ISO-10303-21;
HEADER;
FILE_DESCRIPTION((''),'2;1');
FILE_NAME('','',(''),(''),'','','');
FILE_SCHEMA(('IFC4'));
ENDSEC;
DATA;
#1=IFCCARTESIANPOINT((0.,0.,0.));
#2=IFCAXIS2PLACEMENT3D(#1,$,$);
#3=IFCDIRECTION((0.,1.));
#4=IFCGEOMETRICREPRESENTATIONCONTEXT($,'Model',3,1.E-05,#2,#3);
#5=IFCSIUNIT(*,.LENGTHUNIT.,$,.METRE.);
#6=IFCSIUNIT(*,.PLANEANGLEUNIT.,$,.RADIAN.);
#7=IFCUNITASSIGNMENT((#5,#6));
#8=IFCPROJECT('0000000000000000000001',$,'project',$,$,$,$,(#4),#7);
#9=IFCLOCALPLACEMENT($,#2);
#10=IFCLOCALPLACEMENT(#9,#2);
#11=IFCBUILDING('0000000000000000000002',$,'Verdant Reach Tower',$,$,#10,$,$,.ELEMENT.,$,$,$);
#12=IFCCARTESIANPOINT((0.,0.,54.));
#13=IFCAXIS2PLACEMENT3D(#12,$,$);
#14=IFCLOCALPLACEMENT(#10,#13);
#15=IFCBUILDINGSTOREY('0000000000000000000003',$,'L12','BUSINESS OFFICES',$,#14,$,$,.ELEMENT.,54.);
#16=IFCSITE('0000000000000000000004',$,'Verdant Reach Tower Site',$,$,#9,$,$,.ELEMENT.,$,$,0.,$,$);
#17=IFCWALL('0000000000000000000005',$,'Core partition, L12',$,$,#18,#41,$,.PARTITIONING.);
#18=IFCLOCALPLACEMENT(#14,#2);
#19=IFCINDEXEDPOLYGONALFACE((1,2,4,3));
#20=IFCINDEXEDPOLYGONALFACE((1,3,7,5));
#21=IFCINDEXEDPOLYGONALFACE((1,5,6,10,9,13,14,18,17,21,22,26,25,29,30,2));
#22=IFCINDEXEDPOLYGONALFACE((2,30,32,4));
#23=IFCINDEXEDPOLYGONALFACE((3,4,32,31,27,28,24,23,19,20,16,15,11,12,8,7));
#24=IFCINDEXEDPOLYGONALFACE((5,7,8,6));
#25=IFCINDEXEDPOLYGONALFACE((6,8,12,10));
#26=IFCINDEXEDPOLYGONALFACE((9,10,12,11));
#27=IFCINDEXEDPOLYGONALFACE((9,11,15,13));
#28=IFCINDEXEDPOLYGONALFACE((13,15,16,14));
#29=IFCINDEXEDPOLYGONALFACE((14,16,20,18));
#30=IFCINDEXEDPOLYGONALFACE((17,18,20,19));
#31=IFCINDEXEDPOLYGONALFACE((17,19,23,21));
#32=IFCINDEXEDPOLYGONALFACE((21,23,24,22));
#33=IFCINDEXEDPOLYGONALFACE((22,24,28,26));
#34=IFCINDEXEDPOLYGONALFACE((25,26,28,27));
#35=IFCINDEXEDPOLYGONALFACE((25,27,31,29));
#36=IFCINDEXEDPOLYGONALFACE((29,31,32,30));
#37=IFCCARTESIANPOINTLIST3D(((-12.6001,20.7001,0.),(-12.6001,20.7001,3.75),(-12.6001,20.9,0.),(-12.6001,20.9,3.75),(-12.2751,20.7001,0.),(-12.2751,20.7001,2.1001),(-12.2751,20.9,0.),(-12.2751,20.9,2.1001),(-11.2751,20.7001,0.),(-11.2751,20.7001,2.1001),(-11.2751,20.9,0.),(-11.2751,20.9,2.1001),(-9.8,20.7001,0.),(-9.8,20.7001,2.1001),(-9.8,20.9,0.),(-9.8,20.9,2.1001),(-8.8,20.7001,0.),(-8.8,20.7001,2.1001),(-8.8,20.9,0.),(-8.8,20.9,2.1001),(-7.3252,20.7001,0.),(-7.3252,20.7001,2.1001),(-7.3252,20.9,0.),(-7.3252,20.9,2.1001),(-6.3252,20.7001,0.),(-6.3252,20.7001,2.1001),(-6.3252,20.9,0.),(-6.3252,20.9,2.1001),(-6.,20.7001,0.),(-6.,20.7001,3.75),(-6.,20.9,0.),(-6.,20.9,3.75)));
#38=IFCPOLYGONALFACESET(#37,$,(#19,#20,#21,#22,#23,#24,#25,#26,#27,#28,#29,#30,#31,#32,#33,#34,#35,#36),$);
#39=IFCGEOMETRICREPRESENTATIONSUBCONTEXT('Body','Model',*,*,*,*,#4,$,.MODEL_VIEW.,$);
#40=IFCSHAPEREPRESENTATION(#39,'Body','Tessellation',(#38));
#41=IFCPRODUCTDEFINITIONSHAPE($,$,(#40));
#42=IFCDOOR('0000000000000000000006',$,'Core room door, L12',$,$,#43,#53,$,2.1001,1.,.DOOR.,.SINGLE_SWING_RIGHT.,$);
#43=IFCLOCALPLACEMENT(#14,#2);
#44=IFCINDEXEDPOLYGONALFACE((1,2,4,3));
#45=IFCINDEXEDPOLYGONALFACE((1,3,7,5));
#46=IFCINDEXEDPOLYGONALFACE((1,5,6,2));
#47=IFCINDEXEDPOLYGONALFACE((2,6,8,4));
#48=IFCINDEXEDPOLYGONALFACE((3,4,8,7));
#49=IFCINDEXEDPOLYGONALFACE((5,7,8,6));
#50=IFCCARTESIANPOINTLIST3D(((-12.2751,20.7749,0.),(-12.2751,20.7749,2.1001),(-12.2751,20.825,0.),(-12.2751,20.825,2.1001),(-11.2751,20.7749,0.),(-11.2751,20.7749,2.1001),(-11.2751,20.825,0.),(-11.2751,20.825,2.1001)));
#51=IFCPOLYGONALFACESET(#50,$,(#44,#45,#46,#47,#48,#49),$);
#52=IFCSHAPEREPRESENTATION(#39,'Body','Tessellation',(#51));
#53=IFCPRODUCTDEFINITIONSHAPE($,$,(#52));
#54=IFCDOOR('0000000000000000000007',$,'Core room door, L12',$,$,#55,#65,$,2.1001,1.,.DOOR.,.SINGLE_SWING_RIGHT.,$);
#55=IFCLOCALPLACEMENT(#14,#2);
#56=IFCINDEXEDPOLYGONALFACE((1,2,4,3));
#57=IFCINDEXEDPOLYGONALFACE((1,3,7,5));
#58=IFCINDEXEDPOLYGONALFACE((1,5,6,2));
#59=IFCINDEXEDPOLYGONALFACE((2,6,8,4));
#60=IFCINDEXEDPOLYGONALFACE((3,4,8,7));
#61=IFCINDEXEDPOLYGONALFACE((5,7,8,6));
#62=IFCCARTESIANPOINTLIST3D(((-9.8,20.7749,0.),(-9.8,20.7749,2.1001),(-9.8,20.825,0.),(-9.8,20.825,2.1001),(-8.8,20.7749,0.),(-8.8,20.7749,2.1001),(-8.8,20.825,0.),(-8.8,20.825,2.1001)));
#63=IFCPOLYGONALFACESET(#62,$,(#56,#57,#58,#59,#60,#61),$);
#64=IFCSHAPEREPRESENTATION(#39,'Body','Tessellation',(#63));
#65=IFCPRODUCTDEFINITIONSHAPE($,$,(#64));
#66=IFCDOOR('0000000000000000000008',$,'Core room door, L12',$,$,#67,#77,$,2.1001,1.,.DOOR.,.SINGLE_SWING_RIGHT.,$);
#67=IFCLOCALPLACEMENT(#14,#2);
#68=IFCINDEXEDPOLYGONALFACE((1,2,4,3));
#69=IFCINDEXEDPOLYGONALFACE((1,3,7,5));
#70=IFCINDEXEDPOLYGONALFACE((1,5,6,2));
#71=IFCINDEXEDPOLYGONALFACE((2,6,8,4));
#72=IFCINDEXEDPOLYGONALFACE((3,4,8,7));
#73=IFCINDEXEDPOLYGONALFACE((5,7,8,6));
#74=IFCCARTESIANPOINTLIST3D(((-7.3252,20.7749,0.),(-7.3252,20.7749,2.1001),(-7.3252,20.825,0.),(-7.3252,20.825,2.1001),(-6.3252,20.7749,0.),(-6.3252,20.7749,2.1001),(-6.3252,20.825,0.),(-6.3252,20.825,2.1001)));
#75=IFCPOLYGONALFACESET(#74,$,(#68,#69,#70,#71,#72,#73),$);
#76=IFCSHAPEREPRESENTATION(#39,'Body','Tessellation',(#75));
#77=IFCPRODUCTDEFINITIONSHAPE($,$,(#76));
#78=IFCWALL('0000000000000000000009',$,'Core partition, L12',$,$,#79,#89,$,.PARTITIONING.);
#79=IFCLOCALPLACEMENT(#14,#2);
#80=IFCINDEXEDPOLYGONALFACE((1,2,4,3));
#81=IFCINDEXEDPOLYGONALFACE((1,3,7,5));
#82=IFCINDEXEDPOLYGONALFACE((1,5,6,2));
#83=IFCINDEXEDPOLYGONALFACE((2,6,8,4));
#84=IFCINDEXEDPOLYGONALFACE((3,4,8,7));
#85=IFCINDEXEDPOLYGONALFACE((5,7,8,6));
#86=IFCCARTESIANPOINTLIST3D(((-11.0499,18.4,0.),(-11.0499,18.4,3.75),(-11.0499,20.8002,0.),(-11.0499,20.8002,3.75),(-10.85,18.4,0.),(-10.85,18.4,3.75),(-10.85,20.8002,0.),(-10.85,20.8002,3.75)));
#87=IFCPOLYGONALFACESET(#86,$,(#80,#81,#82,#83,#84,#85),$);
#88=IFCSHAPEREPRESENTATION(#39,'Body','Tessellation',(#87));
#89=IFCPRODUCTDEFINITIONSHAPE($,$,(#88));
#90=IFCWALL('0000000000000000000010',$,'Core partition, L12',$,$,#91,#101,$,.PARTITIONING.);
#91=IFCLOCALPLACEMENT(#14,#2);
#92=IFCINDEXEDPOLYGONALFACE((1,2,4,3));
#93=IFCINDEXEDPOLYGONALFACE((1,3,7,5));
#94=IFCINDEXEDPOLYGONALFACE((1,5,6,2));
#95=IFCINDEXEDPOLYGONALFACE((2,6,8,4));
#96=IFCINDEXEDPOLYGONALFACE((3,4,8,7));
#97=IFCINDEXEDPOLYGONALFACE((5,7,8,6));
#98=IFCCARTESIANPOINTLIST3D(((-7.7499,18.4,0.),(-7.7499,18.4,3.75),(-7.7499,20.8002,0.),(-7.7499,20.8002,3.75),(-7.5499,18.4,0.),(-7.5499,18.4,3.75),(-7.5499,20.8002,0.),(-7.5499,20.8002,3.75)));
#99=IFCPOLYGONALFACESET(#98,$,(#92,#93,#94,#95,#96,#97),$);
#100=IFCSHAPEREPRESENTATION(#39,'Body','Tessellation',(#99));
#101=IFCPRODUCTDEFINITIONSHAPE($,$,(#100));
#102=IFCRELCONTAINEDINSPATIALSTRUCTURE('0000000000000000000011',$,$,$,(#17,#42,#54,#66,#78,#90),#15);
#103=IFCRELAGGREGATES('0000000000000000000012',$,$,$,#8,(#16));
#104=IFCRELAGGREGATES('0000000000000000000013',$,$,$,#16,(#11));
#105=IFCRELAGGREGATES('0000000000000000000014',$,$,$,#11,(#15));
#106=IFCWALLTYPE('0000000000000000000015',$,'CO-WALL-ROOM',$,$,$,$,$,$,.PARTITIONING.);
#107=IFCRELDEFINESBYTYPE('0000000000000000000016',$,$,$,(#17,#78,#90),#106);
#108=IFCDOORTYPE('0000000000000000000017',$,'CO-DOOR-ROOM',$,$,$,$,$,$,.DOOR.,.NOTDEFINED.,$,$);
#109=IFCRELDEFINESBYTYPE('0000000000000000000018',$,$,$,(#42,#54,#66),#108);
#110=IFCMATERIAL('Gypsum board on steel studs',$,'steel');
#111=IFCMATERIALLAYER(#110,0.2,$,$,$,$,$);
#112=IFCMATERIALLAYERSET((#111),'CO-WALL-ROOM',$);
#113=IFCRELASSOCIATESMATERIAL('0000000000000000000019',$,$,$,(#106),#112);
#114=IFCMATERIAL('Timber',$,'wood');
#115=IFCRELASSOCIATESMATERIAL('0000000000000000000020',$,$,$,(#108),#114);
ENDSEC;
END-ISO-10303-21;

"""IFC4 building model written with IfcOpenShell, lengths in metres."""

from ifc_helpers import new_model, si_unit, direction, frame, frame_2d, origin, place, context, subcontext, project, spatial, rectangle, extrude, material, layer, layer_set, type_object, element, fill, save


model = new_model("IFC4")

# Units and contexts
model_context = context("Model", 3, precision=1e-05, world=origin(), true_north=direction((0.0, 1.0)))
body_context = subcontext(model_context, "Body", "Model", "MODEL_VIEW")
ifc_project = project(units=[si_unit("LENGTHUNIT", "METRE"), si_unit("PLANEANGLEUNIT", "RADIAN")], contexts=[model_context])

# Site, building, storey
site_placement = place(None, origin())
site = spatial("IfcSite", under=ifc_project, at=site_placement, Name="Verdant Reach Tower Site", CompositionType="ELEMENT", RefElevation=0.0)
building_placement = place(site_placement, origin())
building = spatial("IfcBuilding", under=site, at=building_placement, Name="Verdant Reach Tower", CompositionType="ELEMENT")
storey_placement = place(building_placement, frame((0.0, 0.0, 54.0)))
storey = spatial("IfcBuildingStorey", under=building, at=storey_placement, Name="L12", Description="BUSINESS OFFICES", CompositionType="ELEMENT", Elevation=54.0)

# Wall, openings, doors
ifc_material_1 = material(Name="Gypsum board on steel studs", Category="steel")
ifc_layer_1 = layer(ifc_material_1, 0.2)
ifc_layer_set_1 = layer_set([ifc_layer_1], Name="CO-WALL-ROOM")
wall_type_1 = type_object("IfcWallType", Name="CO-WALL-ROOM", PredefinedType="PARTITIONING", material=ifc_layer_set_1)
wall_1_placement = place(storey_placement, frame((-12.6001, 20.8, 0.0), z_axis=(0.0, 0.0, 1.0), x_axis=(1.0, 0.0, 0.0)))
wall_1 = element("IfcWall", 1, at=wall_1_placement, inside=storey, type_object=wall_type_1, Name="Core partition, L12", PredefinedType="PARTITIONING", context=body_context, shape_type="SweptSolid", body=[
    extrude(rectangle(XDim=6.6001, YDim=0.2, at=frame_2d((3.3, 0.0))), origin(), (0.0, 0.0, 1.0), 3.75),
])
opening_1_placement = place(wall_1_placement, frame((0.325, 0.0, 0.0)))
opening_1 = element("IfcOpeningElement", 2, at=opening_1_placement, cuts=wall_1, PredefinedType="OPENING", context=body_context, shape_type="SweptSolid", body=[
    extrude(rectangle(XDim=1.0, YDim=2.1001, at=frame_2d((0.5, 1.05))), frame((0.0, 0.1099, 0.0), z_axis=(0.0, -1.0, 0.0), x_axis=(1.0, 0.0, 0.0)), (0.0, 0.0, 1.0), 0.22),
])
opening_2_placement = place(wall_1_placement, frame((2.8, 0.0, 0.0)))
opening_2 = element("IfcOpeningElement", 3, at=opening_2_placement, cuts=wall_1, PredefinedType="OPENING", context=body_context, shape_type="SweptSolid", body=[
    extrude(rectangle(XDim=1.0, YDim=2.1001, at=frame_2d((0.5, 1.05))), frame((0.0, 0.1099, 0.0), z_axis=(0.0, -1.0, 0.0), x_axis=(1.0, 0.0, 0.0)), (0.0, 0.0, 1.0), 0.22),
])
opening_3_placement = place(wall_1_placement, frame((5.2749, 0.0, 0.0)))
opening_3 = element("IfcOpeningElement", 4, at=opening_3_placement, cuts=wall_1, PredefinedType="OPENING", context=body_context, shape_type="SweptSolid", body=[
    extrude(rectangle(XDim=1.0, YDim=2.1001, at=frame_2d((0.5, 1.05))), frame((0.0, 0.1099, 0.0), z_axis=(0.0, -1.0, 0.0), x_axis=(1.0, 0.0, 0.0)), (0.0, 0.0, 1.0), 0.22),
])
ifc_material_2 = material(Name="Timber", Category="wood")
door_type_1 = type_object("IfcDoorType", Name="CO-DOOR-ROOM", OperationType="NOTDEFINED", PredefinedType="DOOR", material=ifc_material_2)
door_1_placement = place(opening_1_placement, origin())
door_1 = element("IfcDoor", 5, at=door_1_placement, inside=storey, type_object=door_type_1, Name="Core room door, L12", OperationType="SINGLE_SWING_RIGHT", OverallHeight=2.1001, OverallWidth=1.0, PredefinedType="DOOR", context=body_context, shape_type="SweptSolid", body=[
    extrude(rectangle(XDim=1.0, YDim=2.1001, at=frame_2d((0.5, 1.05))), frame((0.0, 0.0249, 0.0), z_axis=(0.0, -1.0, 0.0), x_axis=(1.0, 0.0, 0.0)), (0.0, 0.0, 1.0), 0.05),
])
fill(opening_1, door_1)
door_2_placement = place(opening_2_placement, origin())
door_2 = element("IfcDoor", 6, at=door_2_placement, inside=storey, type_object=door_type_1, Name="Core room door, L12", OperationType="SINGLE_SWING_RIGHT", OverallHeight=2.1001, OverallWidth=1.0, PredefinedType="DOOR", context=body_context, shape_type="SweptSolid", body=[
    extrude(rectangle(XDim=1.0, YDim=2.1001, at=frame_2d((0.5, 1.05))), frame((0.0, 0.0249, 0.0), z_axis=(0.0, -1.0, 0.0), x_axis=(1.0, 0.0, 0.0)), (0.0, 0.0, 1.0), 0.05),
])
fill(opening_2, door_2)
door_3_placement = place(opening_3_placement, origin())
door_3 = element("IfcDoor", 7, at=door_3_placement, inside=storey, type_object=door_type_1, Name="Core room door, L12", OperationType="SINGLE_SWING_RIGHT", OverallHeight=2.1001, OverallWidth=1.0, PredefinedType="DOOR", context=body_context, shape_type="SweptSolid", body=[
    extrude(rectangle(XDim=1.0, YDim=2.1001, at=frame_2d((0.5, 1.05))), frame((0.0, 0.0249, 0.0), z_axis=(0.0, -1.0, 0.0), x_axis=(1.0, 0.0, 0.0)), (0.0, 0.0, 1.0), 0.05),
])
fill(opening_3, door_3)

# Walls
for number, where, z_axis, x_axis, name in (
    (8, (-10.95, 18.3999, 0.0), (0.0, 0.0, 1.0), (0.0, 1.0, 0.0), "Core partition, L12"),
    (9, (-7.6499, 18.3999, 0.0), (0.0, 0.0, 1.0), (0.0, 1.0, 0.0), "Core partition, L12"),
):
    element("IfcWall", number, at=place(storey_placement, frame(where, z_axis=z_axis, x_axis=x_axis)), inside=storey, type_object=wall_type_1, Name=name, PredefinedType="PARTITIONING", context=body_context, shape_type="SweptSolid", body=[
        extrude(rectangle(XDim=2.4001, YDim=0.2, at=frame_2d((1.2002, 0.0))), origin(), (0.0, 0.0, 1.0), 3.75),
    ])

save(model, "model.ifc")
